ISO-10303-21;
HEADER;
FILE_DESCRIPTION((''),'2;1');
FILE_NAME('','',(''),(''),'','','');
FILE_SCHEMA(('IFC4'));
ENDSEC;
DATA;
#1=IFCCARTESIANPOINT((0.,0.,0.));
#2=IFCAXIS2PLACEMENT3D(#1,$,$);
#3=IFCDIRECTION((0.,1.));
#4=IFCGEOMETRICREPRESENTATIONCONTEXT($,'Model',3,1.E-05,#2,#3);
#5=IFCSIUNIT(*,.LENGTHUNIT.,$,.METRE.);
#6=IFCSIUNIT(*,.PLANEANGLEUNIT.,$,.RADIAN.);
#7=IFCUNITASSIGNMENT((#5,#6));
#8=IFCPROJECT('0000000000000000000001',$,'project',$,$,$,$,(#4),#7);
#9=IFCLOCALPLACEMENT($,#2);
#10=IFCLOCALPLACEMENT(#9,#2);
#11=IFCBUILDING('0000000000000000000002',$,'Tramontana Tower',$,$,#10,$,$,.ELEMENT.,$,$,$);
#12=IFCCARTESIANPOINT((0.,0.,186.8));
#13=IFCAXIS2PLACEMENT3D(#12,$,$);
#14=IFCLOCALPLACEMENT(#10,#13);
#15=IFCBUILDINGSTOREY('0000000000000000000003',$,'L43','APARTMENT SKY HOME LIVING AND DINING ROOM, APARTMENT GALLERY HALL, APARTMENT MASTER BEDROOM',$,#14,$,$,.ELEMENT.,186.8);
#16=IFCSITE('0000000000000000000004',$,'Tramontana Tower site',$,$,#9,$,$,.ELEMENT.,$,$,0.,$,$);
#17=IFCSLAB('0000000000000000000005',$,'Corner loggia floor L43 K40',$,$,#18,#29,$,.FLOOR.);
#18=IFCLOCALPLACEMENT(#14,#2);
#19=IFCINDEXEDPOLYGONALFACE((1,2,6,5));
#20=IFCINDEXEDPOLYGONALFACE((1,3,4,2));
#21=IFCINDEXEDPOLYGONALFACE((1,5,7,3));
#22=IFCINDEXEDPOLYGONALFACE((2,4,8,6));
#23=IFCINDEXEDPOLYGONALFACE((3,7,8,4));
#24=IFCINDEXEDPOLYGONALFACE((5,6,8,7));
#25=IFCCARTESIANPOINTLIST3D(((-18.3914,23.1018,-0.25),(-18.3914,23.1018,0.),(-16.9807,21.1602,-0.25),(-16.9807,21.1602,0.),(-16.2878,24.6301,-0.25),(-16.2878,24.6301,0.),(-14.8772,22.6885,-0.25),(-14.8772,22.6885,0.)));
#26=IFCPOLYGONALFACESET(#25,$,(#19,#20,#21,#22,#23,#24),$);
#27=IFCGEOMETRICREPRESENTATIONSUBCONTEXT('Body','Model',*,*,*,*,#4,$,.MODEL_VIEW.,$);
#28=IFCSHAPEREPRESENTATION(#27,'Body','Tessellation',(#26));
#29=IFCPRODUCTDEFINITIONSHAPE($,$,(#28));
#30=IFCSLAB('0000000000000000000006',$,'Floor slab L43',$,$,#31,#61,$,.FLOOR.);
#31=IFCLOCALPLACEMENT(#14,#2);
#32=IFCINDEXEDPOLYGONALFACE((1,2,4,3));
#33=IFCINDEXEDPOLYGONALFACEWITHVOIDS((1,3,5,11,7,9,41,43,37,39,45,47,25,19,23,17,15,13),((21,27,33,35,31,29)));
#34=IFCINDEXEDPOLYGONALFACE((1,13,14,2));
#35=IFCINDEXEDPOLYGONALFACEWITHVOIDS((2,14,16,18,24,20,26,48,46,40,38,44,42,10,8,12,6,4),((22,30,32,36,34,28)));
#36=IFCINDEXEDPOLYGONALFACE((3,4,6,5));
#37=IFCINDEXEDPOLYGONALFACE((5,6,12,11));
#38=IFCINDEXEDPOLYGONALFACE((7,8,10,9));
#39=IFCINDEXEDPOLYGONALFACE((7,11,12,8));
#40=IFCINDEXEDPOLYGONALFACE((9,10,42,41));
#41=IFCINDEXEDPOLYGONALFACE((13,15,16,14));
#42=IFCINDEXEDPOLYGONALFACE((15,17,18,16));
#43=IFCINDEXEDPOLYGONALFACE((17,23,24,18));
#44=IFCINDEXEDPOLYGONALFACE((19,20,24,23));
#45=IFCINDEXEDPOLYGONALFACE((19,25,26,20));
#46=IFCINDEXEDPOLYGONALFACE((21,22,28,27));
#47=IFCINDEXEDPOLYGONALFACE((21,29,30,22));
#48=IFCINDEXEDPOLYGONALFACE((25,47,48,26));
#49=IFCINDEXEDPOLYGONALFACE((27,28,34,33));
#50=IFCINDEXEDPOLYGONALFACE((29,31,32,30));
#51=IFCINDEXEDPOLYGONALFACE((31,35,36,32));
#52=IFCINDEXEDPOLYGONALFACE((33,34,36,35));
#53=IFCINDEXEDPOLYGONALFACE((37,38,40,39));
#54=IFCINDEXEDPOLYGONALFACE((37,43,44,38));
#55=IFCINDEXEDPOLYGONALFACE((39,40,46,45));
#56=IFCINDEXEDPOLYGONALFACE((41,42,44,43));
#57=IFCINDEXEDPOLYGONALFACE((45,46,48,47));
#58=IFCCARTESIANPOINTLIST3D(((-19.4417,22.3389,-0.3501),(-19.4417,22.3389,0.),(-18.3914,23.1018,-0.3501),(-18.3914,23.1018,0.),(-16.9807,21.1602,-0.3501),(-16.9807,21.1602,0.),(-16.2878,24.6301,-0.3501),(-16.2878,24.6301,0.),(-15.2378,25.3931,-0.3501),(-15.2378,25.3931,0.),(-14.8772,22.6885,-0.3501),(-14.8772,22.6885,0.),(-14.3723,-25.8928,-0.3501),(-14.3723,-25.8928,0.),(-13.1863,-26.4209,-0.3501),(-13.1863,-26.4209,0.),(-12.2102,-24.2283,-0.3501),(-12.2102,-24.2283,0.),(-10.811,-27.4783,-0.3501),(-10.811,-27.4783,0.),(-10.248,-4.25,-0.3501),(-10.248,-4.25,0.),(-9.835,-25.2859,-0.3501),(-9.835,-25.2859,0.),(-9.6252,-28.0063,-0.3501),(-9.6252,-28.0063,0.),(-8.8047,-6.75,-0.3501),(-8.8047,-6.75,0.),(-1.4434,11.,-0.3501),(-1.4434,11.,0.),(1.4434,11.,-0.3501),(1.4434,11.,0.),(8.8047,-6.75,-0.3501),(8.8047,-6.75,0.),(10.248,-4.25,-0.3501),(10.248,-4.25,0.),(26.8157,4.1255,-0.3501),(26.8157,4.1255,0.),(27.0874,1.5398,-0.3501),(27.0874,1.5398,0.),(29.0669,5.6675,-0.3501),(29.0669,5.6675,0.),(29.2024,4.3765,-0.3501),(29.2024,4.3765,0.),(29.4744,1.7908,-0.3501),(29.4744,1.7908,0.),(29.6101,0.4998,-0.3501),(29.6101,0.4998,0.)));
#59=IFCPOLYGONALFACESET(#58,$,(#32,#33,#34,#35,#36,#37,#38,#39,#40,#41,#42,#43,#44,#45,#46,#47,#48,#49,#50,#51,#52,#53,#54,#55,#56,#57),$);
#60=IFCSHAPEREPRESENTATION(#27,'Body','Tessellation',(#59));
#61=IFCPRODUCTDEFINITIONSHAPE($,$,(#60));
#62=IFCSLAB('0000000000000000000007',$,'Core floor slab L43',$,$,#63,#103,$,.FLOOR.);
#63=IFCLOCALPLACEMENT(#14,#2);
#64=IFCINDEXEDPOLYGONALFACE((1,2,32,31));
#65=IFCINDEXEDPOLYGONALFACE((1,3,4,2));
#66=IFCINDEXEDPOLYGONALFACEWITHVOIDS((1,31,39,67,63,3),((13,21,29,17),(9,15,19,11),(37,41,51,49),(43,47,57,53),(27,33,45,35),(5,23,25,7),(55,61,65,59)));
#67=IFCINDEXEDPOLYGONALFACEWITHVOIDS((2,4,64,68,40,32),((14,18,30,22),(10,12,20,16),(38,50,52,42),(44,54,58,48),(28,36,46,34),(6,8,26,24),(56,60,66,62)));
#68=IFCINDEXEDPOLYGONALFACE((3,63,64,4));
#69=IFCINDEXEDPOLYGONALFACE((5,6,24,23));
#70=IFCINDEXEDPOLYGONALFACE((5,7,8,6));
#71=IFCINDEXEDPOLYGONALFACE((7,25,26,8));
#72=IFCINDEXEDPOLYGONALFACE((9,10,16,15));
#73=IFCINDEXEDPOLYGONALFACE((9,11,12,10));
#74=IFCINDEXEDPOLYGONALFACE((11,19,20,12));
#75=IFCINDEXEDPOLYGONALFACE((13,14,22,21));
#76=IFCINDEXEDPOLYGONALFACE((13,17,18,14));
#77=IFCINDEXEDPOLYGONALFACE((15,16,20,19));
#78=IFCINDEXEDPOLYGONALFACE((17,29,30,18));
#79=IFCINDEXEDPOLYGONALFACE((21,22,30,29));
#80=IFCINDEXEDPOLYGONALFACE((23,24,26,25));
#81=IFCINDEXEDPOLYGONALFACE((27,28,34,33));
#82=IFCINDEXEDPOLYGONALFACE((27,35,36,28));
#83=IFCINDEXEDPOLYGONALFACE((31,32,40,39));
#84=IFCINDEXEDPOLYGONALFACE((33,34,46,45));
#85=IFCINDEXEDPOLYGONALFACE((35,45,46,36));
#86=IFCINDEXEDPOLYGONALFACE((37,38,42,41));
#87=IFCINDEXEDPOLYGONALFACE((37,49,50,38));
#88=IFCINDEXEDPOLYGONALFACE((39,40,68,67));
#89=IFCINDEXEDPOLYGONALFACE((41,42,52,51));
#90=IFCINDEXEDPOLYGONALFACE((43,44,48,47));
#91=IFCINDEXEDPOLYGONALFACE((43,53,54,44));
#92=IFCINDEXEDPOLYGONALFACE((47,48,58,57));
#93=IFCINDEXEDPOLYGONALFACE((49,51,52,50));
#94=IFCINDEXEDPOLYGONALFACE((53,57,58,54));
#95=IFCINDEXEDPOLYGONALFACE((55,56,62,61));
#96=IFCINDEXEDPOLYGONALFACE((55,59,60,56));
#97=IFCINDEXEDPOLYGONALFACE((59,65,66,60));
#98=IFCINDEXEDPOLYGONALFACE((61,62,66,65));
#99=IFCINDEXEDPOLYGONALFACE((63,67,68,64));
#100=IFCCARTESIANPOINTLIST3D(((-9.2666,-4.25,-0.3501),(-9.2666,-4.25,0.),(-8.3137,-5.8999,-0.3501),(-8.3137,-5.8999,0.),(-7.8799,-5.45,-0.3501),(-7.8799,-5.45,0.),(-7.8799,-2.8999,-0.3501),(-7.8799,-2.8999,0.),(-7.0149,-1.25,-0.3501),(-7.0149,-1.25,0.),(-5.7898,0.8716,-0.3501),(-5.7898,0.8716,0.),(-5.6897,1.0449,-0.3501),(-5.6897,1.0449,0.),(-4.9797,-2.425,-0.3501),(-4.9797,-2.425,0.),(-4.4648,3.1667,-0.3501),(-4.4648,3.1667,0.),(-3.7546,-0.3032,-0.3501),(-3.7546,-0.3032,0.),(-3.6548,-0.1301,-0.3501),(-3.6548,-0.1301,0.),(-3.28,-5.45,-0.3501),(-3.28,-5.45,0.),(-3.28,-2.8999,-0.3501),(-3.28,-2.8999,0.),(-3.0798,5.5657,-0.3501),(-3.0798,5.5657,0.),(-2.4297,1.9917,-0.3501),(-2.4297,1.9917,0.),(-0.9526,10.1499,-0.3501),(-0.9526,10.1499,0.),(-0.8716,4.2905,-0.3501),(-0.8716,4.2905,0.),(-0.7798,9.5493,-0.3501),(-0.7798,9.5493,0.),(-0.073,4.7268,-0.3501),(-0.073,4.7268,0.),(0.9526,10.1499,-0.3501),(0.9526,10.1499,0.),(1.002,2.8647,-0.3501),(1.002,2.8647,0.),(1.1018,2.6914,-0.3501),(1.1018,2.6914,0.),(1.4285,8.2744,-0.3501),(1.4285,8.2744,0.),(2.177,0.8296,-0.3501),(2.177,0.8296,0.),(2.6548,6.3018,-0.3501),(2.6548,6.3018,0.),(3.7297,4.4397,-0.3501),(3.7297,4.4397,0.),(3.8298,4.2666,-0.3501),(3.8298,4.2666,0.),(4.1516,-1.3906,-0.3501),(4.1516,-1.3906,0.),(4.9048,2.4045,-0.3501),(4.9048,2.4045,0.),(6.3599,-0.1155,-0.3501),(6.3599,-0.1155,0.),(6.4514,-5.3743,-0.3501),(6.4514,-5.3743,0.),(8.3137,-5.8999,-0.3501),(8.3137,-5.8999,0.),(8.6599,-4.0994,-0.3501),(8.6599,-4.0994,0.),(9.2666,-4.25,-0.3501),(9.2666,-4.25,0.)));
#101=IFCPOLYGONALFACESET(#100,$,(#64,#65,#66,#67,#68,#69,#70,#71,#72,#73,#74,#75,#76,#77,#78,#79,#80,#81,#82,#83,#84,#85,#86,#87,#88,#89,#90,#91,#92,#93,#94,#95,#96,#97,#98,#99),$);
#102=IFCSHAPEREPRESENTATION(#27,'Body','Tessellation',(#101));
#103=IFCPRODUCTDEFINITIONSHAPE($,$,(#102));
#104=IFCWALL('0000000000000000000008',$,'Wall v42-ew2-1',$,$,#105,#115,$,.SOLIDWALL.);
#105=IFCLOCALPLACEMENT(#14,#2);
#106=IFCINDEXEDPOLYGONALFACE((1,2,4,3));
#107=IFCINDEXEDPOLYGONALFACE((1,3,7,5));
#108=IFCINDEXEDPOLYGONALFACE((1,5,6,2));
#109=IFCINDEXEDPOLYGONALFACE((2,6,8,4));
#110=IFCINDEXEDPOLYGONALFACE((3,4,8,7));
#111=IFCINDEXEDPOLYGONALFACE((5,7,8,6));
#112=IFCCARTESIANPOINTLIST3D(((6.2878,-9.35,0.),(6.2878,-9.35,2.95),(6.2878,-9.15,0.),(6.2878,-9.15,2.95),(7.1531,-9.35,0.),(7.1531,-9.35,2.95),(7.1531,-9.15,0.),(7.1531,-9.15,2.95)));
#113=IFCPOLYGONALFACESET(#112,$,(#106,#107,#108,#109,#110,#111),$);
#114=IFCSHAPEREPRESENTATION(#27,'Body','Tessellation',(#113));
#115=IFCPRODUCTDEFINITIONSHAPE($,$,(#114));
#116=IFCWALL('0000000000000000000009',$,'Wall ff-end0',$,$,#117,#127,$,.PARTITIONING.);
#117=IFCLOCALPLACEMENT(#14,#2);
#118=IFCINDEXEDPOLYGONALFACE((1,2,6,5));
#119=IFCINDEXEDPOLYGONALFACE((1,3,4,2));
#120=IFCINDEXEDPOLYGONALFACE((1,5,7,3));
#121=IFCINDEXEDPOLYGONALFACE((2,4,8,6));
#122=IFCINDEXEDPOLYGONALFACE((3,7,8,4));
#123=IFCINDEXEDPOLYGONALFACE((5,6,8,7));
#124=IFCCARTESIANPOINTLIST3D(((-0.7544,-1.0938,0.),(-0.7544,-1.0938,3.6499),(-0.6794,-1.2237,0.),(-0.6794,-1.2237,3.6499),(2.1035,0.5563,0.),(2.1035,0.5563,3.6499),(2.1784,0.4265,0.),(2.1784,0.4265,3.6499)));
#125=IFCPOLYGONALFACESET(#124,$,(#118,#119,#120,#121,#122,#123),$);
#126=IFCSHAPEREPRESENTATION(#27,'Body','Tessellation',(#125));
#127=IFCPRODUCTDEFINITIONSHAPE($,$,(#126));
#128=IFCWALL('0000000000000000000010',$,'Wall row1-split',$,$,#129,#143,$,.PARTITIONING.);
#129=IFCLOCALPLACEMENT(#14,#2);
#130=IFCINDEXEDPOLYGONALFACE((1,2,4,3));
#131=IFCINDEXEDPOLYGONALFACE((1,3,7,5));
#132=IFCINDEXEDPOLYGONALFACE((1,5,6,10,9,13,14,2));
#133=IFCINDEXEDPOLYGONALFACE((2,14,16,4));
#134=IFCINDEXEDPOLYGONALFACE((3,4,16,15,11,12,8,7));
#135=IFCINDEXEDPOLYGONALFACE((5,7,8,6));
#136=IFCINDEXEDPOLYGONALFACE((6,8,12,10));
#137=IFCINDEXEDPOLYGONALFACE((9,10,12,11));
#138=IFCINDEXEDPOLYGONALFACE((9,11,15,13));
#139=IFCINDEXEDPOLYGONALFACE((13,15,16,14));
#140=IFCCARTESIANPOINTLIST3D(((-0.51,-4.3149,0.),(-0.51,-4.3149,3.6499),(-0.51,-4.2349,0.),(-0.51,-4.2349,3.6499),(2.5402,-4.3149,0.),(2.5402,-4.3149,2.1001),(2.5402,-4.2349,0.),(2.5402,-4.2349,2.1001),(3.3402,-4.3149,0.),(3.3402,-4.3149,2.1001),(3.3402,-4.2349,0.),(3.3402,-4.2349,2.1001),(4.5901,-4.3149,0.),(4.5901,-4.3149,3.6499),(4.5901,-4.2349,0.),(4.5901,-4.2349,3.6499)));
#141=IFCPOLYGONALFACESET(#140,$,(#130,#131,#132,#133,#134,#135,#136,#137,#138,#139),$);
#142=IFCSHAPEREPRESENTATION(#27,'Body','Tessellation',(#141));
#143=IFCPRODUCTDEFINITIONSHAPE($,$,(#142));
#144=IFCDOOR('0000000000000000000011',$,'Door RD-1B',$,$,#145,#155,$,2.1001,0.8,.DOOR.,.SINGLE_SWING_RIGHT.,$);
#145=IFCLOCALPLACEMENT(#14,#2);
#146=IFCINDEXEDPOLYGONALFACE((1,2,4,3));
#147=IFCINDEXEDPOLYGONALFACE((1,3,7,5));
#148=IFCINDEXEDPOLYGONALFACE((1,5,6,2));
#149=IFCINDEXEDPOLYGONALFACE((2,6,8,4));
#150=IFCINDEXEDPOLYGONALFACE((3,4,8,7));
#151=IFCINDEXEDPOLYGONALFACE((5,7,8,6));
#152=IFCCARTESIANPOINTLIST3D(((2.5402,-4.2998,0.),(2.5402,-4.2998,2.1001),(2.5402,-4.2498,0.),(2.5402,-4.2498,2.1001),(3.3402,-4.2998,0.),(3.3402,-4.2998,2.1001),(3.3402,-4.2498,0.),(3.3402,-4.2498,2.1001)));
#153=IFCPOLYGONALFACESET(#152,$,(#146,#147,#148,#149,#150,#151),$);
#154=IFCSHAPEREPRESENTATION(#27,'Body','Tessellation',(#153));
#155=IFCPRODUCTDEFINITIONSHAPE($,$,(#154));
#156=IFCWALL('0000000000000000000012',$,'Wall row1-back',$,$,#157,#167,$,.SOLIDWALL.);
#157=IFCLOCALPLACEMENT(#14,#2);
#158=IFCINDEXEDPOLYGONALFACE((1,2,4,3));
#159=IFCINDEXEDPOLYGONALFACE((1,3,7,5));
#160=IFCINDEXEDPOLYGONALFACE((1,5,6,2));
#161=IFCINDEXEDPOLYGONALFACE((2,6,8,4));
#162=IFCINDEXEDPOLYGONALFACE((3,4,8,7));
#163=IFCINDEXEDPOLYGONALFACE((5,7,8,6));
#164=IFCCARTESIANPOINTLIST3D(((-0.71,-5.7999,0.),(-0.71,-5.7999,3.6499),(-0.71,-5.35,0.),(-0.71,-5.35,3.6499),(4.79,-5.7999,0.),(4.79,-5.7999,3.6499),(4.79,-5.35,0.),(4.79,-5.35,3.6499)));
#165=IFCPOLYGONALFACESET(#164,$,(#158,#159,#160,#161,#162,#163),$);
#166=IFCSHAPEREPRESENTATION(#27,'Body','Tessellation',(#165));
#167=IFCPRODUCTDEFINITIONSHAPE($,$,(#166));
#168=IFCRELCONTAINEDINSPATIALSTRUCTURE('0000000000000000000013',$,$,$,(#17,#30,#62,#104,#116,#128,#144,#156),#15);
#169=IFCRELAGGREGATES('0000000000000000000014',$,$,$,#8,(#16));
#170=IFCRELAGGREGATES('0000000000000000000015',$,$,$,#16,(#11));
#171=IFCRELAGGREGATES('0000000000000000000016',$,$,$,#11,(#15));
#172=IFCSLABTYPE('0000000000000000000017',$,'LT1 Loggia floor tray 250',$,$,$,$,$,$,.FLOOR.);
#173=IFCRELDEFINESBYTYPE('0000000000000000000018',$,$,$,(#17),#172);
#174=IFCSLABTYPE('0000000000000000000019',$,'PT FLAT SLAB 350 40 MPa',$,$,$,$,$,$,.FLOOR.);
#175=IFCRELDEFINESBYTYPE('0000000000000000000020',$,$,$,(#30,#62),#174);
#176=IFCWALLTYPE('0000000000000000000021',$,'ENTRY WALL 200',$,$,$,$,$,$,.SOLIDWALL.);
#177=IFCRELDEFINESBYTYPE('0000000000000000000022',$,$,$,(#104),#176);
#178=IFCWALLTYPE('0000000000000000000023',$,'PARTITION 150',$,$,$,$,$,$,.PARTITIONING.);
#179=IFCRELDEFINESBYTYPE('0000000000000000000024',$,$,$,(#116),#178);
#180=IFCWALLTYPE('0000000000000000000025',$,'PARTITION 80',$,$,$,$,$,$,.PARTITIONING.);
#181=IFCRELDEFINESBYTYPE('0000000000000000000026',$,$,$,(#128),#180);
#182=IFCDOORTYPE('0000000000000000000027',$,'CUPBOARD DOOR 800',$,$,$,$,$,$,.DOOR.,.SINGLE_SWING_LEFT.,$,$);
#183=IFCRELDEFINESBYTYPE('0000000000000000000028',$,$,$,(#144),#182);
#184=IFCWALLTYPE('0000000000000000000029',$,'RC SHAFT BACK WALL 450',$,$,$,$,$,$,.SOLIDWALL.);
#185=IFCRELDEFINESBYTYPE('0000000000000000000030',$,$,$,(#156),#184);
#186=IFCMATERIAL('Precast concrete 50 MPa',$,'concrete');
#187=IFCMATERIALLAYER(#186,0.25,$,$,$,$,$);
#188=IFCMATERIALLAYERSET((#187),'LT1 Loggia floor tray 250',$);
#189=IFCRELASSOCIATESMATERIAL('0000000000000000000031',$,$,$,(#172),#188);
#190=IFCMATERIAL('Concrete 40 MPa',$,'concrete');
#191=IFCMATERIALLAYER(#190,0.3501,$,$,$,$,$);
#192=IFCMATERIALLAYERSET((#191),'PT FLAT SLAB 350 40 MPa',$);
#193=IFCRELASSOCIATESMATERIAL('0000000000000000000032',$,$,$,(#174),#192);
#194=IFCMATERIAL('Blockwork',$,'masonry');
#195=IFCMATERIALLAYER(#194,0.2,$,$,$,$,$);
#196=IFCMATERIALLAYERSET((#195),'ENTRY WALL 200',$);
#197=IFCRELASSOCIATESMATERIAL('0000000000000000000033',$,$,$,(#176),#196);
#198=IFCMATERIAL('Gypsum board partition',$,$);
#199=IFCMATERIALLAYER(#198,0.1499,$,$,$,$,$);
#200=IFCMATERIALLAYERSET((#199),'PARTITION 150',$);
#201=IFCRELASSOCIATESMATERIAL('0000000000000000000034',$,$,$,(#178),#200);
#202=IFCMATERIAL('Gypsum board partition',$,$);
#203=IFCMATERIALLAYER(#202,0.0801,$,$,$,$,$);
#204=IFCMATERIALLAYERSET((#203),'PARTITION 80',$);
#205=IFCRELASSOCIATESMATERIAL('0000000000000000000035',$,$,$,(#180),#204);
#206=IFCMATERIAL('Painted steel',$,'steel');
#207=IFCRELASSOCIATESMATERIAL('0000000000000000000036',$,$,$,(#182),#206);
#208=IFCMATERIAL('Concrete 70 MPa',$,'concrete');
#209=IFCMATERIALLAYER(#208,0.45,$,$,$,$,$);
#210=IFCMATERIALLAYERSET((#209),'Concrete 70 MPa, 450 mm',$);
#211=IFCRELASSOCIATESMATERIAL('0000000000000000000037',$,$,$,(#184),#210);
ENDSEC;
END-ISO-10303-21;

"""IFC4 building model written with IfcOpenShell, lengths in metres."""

from ifc_helpers import new_model, si_unit, direction, frame, frame_2d, origin, place, context, subcontext, project, spatial, polyline, rectangle, outline, extrude, material, layer, layer_set, type_object, element, fill, save


model = new_model("IFC4")

# Units and contexts
model_context = context("Model", 3, precision=1e-05, world=origin(), true_north=direction((0.0, 1.0)))
body_context = subcontext(model_context, "Body", "Model", "MODEL_VIEW")
ifc_project = project(units=[si_unit("LENGTHUNIT", "METRE"), si_unit("PLANEANGLEUNIT", "RADIAN")], contexts=[model_context])

# Site, building, storey
site_placement = place(None, origin())
site = spatial("IfcSite", under=ifc_project, at=site_placement, Name="Tramontana Tower site", CompositionType="ELEMENT", RefElevation=0.0)
building_placement = place(site_placement, origin())
building = spatial("IfcBuilding", under=site, at=building_placement, Name="Tramontana Tower", CompositionType="ELEMENT")
storey_placement = place(building_placement, frame((0.0, 0.0, 186.8)))
storey = spatial("IfcBuildingStorey", under=building, at=storey_placement, Name="L43", Description="APARTMENT SKY HOME LIVING AND DINING ROOM, APARTMENT GALLERY HALL, APARTMENT MASTER BEDROOM", CompositionType="ELEMENT", Elevation=186.8)

# Slabs
ifc_material_1 = material(Name="Precast concrete 50 MPa", Category="concrete")
ifc_layer_1 = layer(ifc_material_1, 0.25)
ifc_layer_set_1 = layer_set([ifc_layer_1], Name="LT1 Loggia floor tray 250")
slab_type_1 = type_object("IfcSlabType", Name="LT1 Loggia floor tray 250", PredefinedType="FLOOR", material=ifc_layer_set_1)
slab_1_placement = place(storey_placement, frame((0.0, 0.0, -0.25)))
element("IfcSlab", 1, at=slab_1_placement, inside=storey, type_object=slab_type_1, Name="Corner loggia floor L43 K40", PredefinedType="FLOOR", context=body_context, shape_type="SweptSolid", body=[
    extrude(outline(polyline([(-16.2878, 24.6301), (-14.8772, 22.6885), (-16.9807, 21.1602), (-18.3914, 23.1018), (-16.2878, 24.6301)])), origin(), (0.0, 0.0, 1.0), 0.25),
])
ifc_material_2 = material(Name="Concrete 40 MPa", Category="concrete")
ifc_layer_2 = layer(ifc_material_2, 0.3501)
ifc_layer_set_2 = layer_set([ifc_layer_2], Name="PT FLAT SLAB 350 40 MPa")
slab_type_2 = type_object("IfcSlabType", Name="PT FLAT SLAB 350 40 MPa", PredefinedType="FLOOR", material=ifc_layer_set_2)
slab_2_placement = place(storey_placement, frame((0.0, 0.0, -0.3501)))
element("IfcSlab", 2, at=slab_2_placement, inside=storey, type_object=slab_type_2, Name="Floor slab L43", PredefinedType="FLOOR", context=body_context, shape_type="SweptSolid", body=[
    extrude(outline(polyline([(29.2024, 4.3765), (26.8157, 4.1255), (27.0874, 1.5398), (29.4744, 1.7908), (29.6101, 0.4998), (-9.6252, -28.0063), (-10.811, -27.4783), (-9.835, -25.2859), (-12.2102, -24.2283), (-13.1863, -26.4209), (-14.3723, -25.8928), (-19.4417, 22.3389), (-18.3914, 23.1018), (-16.9807, 21.1602), (-14.8772, 22.6885), (-16.2878, 24.6301), (-15.2378, 25.3931), (29.0669, 5.6675), (29.2024, 4.3765)]), holes=[polyline([(-10.248, -4.25), (-8.8047, -6.75), (8.8047, -6.75), (10.248, -4.25), (1.4434, 11.0), (-1.4434, 11.0), (-10.248, -4.25)])]), origin(), (0.0, 0.0, 1.0), 0.3501),
])
slab_3_placement = place(storey_placement, frame((0.0, 0.0, -0.3501)))
element("IfcSlab", 3, at=slab_3_placement, inside=storey, type_object=slab_type_2, Name="Core floor slab L43", PredefinedType="FLOOR", context=body_context, shape_type="SweptSolid", body=[
    extrude(outline(polyline([(9.2666, -4.25), (8.3137, -5.8999), (-8.3137, -5.8999), (-9.2666, -4.25), (-0.9526, 10.1499), (0.9526, 10.1499), (9.2666, -4.25)]), holes=[polyline([(8.6599, -4.0994), (6.3599, -0.1155), (4.1516, -1.3906), (6.4514, -5.3743), (8.6599, -4.0994)]), polyline([(3.8298, 4.2666), (1.1018, 2.6914), (2.177, 0.8296), (4.9048, 2.4045), (3.8298, 4.2666)]), polyline([(2.6548, 6.3018), (-0.073, 4.7268), (1.002, 2.8647), (3.7297, 4.4397), (2.6548, 6.3018)]), polyline([(-0.7798, 9.5493), (-3.0798, 5.5657), (-0.8716, 4.2905), (1.4285, 8.2744), (-0.7798, 9.5493)]), polyline([(-5.6897, 1.0449), (-3.6548, -0.1301), (-2.4297, 1.9917), (-4.4648, 3.1667), (-5.6897, 1.0449)]), polyline([(-3.28, -5.45), (-3.28, -2.8999), (-7.8799, -2.8999), (-7.8799, -5.45), (-3.28, -5.45)]), polyline([(-7.0149, -1.25), (-4.9797, -2.425), (-3.7546, -0.3032), (-5.7898, 0.8716), (-7.0149, -1.25)])]), origin(), (0.0, 0.0, 1.0), 0.3501),
])

# Wall
ifc_material_3 = material(Name="Blockwork", Category="masonry")
ifc_layer_3 = layer(ifc_material_3, 0.2)
ifc_layer_set_3 = layer_set([ifc_layer_3], Name="ENTRY WALL 200")
wall_type_1 = type_object("IfcWallType", Name="ENTRY WALL 200", PredefinedType="SOLIDWALL", material=ifc_layer_set_3)
wall_1_placement = place(storey_placement, frame((7.1531, -9.25, 0.0), z_axis=(0.0, 0.0, 1.0), x_axis=(-1.0, 0.0, 0.0)))
element("IfcWall", 4, at=wall_1_placement, inside=storey, type_object=wall_type_1, Name="Wall v42-ew2-1", PredefinedType="SOLIDWALL", context=body_context, shape_type="SweptSolid", body=[
    extrude(rectangle(XDim=0.8652, YDim=0.2, at=frame_2d((0.4326, 0.0))), origin(), (0.0, 0.0, 1.0), 2.95),
])

# Shared definitions
ifc_material_4 = material(Name="Gypsum board partition")
ifc_layer_4 = layer(ifc_material_4, 0.1499)
ifc_layer_set_4 = layer_set([ifc_layer_4], Name="PARTITION 150")
wall_type_2 = type_object("IfcWallType", Name="PARTITION 150", PredefinedType="PARTITIONING", material=ifc_layer_set_4)

# Wall
wall_2_placement = place(storey_placement, frame((-0.7168, -1.1587, 0.0), z_axis=(0.0, 0.0, 1.0), x_axis=(0.866008, 0.50003, 0.0)))
element("IfcWall", 5, at=wall_2_placement, inside=storey, type_object=wall_type_2, Name="Wall ff-end0", PredefinedType="PARTITIONING", context=body_context, shape_type="SweptSolid", body=[
    extrude(rectangle(XDim=3.3, YDim=0.1499, at=frame_2d((1.6499, 0.0))), origin(), (0.0, 0.0, 1.0), 3.6499),
])

# Wall, opening, door
ifc_material_5 = material(Name="Gypsum board partition")
ifc_layer_5 = layer(ifc_material_5, 0.0801)
ifc_layer_set_5 = layer_set([ifc_layer_5], Name="PARTITION 80")
wall_type_3 = type_object("IfcWallType", Name="PARTITION 80", PredefinedType="PARTITIONING", material=ifc_layer_set_5)
wall_3_placement = place(storey_placement, frame((4.5901, -4.2749, 0.0), z_axis=(0.0, 0.0, 1.0), x_axis=(-1.0, 0.0, 0.0)))
wall_3 = element("IfcWall", 6, at=wall_3_placement, inside=storey, type_object=wall_type_3, Name="Wall row1-split", PredefinedType="PARTITIONING", context=body_context, shape_type="SweptSolid", body=[
    extrude(rectangle(XDim=5.1001, YDim=0.0801, at=frame_2d((2.55, 0.0))), origin(), (0.0, 0.0, 1.0), 3.6499),
])
opening_1_placement = place(wall_3_placement, frame((1.25, 0.0, 0.0)))
opening_1 = element("IfcOpeningElement", 7, at=opening_1_placement, cuts=wall_3, PredefinedType="OPENING", context=body_context, shape_type="SweptSolid", body=[
    extrude(rectangle(XDim=0.8, YDim=2.1001, at=frame_2d((0.3999, 1.05))), frame((0.0, 0.05, 0.0), z_axis=(0.0, -1.0, 0.0), x_axis=(1.0, 0.0, 0.0)), (0.0, 0.0, 1.0), 0.1001),
])
ifc_material_6 = material(Name="Painted steel", Category="steel")
door_type_1 = type_object("IfcDoorType", Name="CUPBOARD DOOR 800", OperationType="SINGLE_SWING_LEFT", PredefinedType="DOOR", material=ifc_material_6)
door_1_placement = place(opening_1_placement, origin())
door_1 = element("IfcDoor", 8, at=door_1_placement, inside=storey, type_object=door_type_1, Name="Door RD-1B", OperationType="SINGLE_SWING_RIGHT", OverallHeight=2.1001, OverallWidth=0.8, PredefinedType="DOOR", context=body_context, shape_type="SweptSolid", body=[
    extrude(rectangle(XDim=0.8, YDim=2.1001, at=frame_2d((0.3999, 1.05))), frame((0.0, 0.0249, 0.0), z_axis=(0.0, -1.0, 0.0), x_axis=(1.0, 0.0, 0.0)), (0.0, 0.0, 1.0), 0.05),
])
fill(opening_1, door_1)

# Wall
ifc_material_7 = material(Name="Concrete 70 MPa", Category="concrete")
ifc_layer_6 = layer(ifc_material_7, 0.45)
ifc_layer_set_6 = layer_set([ifc_layer_6], Name="Concrete 70 MPa, 450 mm")
wall_type_4 = type_object("IfcWallType", Name="RC SHAFT BACK WALL 450", PredefinedType="SOLIDWALL", material=ifc_layer_set_6)
wall_4_placement = place(storey_placement, frame((-0.71, -5.575, 0.0), z_axis=(0.0, 0.0, 1.0), x_axis=(1.0, 0.0, 0.0)))
element("IfcWall", 9, at=wall_4_placement, inside=storey, type_object=wall_type_4, Name="Wall row1-back", PredefinedType="SOLIDWALL", context=body_context, shape_type="SweptSolid", body=[
    extrude(rectangle(XDim=5.5, YDim=0.45, at=frame_2d((2.75, 0.0))), origin(), (0.0, 0.0, 1.0), 3.6499),
])

save(model, "model.ifc")
